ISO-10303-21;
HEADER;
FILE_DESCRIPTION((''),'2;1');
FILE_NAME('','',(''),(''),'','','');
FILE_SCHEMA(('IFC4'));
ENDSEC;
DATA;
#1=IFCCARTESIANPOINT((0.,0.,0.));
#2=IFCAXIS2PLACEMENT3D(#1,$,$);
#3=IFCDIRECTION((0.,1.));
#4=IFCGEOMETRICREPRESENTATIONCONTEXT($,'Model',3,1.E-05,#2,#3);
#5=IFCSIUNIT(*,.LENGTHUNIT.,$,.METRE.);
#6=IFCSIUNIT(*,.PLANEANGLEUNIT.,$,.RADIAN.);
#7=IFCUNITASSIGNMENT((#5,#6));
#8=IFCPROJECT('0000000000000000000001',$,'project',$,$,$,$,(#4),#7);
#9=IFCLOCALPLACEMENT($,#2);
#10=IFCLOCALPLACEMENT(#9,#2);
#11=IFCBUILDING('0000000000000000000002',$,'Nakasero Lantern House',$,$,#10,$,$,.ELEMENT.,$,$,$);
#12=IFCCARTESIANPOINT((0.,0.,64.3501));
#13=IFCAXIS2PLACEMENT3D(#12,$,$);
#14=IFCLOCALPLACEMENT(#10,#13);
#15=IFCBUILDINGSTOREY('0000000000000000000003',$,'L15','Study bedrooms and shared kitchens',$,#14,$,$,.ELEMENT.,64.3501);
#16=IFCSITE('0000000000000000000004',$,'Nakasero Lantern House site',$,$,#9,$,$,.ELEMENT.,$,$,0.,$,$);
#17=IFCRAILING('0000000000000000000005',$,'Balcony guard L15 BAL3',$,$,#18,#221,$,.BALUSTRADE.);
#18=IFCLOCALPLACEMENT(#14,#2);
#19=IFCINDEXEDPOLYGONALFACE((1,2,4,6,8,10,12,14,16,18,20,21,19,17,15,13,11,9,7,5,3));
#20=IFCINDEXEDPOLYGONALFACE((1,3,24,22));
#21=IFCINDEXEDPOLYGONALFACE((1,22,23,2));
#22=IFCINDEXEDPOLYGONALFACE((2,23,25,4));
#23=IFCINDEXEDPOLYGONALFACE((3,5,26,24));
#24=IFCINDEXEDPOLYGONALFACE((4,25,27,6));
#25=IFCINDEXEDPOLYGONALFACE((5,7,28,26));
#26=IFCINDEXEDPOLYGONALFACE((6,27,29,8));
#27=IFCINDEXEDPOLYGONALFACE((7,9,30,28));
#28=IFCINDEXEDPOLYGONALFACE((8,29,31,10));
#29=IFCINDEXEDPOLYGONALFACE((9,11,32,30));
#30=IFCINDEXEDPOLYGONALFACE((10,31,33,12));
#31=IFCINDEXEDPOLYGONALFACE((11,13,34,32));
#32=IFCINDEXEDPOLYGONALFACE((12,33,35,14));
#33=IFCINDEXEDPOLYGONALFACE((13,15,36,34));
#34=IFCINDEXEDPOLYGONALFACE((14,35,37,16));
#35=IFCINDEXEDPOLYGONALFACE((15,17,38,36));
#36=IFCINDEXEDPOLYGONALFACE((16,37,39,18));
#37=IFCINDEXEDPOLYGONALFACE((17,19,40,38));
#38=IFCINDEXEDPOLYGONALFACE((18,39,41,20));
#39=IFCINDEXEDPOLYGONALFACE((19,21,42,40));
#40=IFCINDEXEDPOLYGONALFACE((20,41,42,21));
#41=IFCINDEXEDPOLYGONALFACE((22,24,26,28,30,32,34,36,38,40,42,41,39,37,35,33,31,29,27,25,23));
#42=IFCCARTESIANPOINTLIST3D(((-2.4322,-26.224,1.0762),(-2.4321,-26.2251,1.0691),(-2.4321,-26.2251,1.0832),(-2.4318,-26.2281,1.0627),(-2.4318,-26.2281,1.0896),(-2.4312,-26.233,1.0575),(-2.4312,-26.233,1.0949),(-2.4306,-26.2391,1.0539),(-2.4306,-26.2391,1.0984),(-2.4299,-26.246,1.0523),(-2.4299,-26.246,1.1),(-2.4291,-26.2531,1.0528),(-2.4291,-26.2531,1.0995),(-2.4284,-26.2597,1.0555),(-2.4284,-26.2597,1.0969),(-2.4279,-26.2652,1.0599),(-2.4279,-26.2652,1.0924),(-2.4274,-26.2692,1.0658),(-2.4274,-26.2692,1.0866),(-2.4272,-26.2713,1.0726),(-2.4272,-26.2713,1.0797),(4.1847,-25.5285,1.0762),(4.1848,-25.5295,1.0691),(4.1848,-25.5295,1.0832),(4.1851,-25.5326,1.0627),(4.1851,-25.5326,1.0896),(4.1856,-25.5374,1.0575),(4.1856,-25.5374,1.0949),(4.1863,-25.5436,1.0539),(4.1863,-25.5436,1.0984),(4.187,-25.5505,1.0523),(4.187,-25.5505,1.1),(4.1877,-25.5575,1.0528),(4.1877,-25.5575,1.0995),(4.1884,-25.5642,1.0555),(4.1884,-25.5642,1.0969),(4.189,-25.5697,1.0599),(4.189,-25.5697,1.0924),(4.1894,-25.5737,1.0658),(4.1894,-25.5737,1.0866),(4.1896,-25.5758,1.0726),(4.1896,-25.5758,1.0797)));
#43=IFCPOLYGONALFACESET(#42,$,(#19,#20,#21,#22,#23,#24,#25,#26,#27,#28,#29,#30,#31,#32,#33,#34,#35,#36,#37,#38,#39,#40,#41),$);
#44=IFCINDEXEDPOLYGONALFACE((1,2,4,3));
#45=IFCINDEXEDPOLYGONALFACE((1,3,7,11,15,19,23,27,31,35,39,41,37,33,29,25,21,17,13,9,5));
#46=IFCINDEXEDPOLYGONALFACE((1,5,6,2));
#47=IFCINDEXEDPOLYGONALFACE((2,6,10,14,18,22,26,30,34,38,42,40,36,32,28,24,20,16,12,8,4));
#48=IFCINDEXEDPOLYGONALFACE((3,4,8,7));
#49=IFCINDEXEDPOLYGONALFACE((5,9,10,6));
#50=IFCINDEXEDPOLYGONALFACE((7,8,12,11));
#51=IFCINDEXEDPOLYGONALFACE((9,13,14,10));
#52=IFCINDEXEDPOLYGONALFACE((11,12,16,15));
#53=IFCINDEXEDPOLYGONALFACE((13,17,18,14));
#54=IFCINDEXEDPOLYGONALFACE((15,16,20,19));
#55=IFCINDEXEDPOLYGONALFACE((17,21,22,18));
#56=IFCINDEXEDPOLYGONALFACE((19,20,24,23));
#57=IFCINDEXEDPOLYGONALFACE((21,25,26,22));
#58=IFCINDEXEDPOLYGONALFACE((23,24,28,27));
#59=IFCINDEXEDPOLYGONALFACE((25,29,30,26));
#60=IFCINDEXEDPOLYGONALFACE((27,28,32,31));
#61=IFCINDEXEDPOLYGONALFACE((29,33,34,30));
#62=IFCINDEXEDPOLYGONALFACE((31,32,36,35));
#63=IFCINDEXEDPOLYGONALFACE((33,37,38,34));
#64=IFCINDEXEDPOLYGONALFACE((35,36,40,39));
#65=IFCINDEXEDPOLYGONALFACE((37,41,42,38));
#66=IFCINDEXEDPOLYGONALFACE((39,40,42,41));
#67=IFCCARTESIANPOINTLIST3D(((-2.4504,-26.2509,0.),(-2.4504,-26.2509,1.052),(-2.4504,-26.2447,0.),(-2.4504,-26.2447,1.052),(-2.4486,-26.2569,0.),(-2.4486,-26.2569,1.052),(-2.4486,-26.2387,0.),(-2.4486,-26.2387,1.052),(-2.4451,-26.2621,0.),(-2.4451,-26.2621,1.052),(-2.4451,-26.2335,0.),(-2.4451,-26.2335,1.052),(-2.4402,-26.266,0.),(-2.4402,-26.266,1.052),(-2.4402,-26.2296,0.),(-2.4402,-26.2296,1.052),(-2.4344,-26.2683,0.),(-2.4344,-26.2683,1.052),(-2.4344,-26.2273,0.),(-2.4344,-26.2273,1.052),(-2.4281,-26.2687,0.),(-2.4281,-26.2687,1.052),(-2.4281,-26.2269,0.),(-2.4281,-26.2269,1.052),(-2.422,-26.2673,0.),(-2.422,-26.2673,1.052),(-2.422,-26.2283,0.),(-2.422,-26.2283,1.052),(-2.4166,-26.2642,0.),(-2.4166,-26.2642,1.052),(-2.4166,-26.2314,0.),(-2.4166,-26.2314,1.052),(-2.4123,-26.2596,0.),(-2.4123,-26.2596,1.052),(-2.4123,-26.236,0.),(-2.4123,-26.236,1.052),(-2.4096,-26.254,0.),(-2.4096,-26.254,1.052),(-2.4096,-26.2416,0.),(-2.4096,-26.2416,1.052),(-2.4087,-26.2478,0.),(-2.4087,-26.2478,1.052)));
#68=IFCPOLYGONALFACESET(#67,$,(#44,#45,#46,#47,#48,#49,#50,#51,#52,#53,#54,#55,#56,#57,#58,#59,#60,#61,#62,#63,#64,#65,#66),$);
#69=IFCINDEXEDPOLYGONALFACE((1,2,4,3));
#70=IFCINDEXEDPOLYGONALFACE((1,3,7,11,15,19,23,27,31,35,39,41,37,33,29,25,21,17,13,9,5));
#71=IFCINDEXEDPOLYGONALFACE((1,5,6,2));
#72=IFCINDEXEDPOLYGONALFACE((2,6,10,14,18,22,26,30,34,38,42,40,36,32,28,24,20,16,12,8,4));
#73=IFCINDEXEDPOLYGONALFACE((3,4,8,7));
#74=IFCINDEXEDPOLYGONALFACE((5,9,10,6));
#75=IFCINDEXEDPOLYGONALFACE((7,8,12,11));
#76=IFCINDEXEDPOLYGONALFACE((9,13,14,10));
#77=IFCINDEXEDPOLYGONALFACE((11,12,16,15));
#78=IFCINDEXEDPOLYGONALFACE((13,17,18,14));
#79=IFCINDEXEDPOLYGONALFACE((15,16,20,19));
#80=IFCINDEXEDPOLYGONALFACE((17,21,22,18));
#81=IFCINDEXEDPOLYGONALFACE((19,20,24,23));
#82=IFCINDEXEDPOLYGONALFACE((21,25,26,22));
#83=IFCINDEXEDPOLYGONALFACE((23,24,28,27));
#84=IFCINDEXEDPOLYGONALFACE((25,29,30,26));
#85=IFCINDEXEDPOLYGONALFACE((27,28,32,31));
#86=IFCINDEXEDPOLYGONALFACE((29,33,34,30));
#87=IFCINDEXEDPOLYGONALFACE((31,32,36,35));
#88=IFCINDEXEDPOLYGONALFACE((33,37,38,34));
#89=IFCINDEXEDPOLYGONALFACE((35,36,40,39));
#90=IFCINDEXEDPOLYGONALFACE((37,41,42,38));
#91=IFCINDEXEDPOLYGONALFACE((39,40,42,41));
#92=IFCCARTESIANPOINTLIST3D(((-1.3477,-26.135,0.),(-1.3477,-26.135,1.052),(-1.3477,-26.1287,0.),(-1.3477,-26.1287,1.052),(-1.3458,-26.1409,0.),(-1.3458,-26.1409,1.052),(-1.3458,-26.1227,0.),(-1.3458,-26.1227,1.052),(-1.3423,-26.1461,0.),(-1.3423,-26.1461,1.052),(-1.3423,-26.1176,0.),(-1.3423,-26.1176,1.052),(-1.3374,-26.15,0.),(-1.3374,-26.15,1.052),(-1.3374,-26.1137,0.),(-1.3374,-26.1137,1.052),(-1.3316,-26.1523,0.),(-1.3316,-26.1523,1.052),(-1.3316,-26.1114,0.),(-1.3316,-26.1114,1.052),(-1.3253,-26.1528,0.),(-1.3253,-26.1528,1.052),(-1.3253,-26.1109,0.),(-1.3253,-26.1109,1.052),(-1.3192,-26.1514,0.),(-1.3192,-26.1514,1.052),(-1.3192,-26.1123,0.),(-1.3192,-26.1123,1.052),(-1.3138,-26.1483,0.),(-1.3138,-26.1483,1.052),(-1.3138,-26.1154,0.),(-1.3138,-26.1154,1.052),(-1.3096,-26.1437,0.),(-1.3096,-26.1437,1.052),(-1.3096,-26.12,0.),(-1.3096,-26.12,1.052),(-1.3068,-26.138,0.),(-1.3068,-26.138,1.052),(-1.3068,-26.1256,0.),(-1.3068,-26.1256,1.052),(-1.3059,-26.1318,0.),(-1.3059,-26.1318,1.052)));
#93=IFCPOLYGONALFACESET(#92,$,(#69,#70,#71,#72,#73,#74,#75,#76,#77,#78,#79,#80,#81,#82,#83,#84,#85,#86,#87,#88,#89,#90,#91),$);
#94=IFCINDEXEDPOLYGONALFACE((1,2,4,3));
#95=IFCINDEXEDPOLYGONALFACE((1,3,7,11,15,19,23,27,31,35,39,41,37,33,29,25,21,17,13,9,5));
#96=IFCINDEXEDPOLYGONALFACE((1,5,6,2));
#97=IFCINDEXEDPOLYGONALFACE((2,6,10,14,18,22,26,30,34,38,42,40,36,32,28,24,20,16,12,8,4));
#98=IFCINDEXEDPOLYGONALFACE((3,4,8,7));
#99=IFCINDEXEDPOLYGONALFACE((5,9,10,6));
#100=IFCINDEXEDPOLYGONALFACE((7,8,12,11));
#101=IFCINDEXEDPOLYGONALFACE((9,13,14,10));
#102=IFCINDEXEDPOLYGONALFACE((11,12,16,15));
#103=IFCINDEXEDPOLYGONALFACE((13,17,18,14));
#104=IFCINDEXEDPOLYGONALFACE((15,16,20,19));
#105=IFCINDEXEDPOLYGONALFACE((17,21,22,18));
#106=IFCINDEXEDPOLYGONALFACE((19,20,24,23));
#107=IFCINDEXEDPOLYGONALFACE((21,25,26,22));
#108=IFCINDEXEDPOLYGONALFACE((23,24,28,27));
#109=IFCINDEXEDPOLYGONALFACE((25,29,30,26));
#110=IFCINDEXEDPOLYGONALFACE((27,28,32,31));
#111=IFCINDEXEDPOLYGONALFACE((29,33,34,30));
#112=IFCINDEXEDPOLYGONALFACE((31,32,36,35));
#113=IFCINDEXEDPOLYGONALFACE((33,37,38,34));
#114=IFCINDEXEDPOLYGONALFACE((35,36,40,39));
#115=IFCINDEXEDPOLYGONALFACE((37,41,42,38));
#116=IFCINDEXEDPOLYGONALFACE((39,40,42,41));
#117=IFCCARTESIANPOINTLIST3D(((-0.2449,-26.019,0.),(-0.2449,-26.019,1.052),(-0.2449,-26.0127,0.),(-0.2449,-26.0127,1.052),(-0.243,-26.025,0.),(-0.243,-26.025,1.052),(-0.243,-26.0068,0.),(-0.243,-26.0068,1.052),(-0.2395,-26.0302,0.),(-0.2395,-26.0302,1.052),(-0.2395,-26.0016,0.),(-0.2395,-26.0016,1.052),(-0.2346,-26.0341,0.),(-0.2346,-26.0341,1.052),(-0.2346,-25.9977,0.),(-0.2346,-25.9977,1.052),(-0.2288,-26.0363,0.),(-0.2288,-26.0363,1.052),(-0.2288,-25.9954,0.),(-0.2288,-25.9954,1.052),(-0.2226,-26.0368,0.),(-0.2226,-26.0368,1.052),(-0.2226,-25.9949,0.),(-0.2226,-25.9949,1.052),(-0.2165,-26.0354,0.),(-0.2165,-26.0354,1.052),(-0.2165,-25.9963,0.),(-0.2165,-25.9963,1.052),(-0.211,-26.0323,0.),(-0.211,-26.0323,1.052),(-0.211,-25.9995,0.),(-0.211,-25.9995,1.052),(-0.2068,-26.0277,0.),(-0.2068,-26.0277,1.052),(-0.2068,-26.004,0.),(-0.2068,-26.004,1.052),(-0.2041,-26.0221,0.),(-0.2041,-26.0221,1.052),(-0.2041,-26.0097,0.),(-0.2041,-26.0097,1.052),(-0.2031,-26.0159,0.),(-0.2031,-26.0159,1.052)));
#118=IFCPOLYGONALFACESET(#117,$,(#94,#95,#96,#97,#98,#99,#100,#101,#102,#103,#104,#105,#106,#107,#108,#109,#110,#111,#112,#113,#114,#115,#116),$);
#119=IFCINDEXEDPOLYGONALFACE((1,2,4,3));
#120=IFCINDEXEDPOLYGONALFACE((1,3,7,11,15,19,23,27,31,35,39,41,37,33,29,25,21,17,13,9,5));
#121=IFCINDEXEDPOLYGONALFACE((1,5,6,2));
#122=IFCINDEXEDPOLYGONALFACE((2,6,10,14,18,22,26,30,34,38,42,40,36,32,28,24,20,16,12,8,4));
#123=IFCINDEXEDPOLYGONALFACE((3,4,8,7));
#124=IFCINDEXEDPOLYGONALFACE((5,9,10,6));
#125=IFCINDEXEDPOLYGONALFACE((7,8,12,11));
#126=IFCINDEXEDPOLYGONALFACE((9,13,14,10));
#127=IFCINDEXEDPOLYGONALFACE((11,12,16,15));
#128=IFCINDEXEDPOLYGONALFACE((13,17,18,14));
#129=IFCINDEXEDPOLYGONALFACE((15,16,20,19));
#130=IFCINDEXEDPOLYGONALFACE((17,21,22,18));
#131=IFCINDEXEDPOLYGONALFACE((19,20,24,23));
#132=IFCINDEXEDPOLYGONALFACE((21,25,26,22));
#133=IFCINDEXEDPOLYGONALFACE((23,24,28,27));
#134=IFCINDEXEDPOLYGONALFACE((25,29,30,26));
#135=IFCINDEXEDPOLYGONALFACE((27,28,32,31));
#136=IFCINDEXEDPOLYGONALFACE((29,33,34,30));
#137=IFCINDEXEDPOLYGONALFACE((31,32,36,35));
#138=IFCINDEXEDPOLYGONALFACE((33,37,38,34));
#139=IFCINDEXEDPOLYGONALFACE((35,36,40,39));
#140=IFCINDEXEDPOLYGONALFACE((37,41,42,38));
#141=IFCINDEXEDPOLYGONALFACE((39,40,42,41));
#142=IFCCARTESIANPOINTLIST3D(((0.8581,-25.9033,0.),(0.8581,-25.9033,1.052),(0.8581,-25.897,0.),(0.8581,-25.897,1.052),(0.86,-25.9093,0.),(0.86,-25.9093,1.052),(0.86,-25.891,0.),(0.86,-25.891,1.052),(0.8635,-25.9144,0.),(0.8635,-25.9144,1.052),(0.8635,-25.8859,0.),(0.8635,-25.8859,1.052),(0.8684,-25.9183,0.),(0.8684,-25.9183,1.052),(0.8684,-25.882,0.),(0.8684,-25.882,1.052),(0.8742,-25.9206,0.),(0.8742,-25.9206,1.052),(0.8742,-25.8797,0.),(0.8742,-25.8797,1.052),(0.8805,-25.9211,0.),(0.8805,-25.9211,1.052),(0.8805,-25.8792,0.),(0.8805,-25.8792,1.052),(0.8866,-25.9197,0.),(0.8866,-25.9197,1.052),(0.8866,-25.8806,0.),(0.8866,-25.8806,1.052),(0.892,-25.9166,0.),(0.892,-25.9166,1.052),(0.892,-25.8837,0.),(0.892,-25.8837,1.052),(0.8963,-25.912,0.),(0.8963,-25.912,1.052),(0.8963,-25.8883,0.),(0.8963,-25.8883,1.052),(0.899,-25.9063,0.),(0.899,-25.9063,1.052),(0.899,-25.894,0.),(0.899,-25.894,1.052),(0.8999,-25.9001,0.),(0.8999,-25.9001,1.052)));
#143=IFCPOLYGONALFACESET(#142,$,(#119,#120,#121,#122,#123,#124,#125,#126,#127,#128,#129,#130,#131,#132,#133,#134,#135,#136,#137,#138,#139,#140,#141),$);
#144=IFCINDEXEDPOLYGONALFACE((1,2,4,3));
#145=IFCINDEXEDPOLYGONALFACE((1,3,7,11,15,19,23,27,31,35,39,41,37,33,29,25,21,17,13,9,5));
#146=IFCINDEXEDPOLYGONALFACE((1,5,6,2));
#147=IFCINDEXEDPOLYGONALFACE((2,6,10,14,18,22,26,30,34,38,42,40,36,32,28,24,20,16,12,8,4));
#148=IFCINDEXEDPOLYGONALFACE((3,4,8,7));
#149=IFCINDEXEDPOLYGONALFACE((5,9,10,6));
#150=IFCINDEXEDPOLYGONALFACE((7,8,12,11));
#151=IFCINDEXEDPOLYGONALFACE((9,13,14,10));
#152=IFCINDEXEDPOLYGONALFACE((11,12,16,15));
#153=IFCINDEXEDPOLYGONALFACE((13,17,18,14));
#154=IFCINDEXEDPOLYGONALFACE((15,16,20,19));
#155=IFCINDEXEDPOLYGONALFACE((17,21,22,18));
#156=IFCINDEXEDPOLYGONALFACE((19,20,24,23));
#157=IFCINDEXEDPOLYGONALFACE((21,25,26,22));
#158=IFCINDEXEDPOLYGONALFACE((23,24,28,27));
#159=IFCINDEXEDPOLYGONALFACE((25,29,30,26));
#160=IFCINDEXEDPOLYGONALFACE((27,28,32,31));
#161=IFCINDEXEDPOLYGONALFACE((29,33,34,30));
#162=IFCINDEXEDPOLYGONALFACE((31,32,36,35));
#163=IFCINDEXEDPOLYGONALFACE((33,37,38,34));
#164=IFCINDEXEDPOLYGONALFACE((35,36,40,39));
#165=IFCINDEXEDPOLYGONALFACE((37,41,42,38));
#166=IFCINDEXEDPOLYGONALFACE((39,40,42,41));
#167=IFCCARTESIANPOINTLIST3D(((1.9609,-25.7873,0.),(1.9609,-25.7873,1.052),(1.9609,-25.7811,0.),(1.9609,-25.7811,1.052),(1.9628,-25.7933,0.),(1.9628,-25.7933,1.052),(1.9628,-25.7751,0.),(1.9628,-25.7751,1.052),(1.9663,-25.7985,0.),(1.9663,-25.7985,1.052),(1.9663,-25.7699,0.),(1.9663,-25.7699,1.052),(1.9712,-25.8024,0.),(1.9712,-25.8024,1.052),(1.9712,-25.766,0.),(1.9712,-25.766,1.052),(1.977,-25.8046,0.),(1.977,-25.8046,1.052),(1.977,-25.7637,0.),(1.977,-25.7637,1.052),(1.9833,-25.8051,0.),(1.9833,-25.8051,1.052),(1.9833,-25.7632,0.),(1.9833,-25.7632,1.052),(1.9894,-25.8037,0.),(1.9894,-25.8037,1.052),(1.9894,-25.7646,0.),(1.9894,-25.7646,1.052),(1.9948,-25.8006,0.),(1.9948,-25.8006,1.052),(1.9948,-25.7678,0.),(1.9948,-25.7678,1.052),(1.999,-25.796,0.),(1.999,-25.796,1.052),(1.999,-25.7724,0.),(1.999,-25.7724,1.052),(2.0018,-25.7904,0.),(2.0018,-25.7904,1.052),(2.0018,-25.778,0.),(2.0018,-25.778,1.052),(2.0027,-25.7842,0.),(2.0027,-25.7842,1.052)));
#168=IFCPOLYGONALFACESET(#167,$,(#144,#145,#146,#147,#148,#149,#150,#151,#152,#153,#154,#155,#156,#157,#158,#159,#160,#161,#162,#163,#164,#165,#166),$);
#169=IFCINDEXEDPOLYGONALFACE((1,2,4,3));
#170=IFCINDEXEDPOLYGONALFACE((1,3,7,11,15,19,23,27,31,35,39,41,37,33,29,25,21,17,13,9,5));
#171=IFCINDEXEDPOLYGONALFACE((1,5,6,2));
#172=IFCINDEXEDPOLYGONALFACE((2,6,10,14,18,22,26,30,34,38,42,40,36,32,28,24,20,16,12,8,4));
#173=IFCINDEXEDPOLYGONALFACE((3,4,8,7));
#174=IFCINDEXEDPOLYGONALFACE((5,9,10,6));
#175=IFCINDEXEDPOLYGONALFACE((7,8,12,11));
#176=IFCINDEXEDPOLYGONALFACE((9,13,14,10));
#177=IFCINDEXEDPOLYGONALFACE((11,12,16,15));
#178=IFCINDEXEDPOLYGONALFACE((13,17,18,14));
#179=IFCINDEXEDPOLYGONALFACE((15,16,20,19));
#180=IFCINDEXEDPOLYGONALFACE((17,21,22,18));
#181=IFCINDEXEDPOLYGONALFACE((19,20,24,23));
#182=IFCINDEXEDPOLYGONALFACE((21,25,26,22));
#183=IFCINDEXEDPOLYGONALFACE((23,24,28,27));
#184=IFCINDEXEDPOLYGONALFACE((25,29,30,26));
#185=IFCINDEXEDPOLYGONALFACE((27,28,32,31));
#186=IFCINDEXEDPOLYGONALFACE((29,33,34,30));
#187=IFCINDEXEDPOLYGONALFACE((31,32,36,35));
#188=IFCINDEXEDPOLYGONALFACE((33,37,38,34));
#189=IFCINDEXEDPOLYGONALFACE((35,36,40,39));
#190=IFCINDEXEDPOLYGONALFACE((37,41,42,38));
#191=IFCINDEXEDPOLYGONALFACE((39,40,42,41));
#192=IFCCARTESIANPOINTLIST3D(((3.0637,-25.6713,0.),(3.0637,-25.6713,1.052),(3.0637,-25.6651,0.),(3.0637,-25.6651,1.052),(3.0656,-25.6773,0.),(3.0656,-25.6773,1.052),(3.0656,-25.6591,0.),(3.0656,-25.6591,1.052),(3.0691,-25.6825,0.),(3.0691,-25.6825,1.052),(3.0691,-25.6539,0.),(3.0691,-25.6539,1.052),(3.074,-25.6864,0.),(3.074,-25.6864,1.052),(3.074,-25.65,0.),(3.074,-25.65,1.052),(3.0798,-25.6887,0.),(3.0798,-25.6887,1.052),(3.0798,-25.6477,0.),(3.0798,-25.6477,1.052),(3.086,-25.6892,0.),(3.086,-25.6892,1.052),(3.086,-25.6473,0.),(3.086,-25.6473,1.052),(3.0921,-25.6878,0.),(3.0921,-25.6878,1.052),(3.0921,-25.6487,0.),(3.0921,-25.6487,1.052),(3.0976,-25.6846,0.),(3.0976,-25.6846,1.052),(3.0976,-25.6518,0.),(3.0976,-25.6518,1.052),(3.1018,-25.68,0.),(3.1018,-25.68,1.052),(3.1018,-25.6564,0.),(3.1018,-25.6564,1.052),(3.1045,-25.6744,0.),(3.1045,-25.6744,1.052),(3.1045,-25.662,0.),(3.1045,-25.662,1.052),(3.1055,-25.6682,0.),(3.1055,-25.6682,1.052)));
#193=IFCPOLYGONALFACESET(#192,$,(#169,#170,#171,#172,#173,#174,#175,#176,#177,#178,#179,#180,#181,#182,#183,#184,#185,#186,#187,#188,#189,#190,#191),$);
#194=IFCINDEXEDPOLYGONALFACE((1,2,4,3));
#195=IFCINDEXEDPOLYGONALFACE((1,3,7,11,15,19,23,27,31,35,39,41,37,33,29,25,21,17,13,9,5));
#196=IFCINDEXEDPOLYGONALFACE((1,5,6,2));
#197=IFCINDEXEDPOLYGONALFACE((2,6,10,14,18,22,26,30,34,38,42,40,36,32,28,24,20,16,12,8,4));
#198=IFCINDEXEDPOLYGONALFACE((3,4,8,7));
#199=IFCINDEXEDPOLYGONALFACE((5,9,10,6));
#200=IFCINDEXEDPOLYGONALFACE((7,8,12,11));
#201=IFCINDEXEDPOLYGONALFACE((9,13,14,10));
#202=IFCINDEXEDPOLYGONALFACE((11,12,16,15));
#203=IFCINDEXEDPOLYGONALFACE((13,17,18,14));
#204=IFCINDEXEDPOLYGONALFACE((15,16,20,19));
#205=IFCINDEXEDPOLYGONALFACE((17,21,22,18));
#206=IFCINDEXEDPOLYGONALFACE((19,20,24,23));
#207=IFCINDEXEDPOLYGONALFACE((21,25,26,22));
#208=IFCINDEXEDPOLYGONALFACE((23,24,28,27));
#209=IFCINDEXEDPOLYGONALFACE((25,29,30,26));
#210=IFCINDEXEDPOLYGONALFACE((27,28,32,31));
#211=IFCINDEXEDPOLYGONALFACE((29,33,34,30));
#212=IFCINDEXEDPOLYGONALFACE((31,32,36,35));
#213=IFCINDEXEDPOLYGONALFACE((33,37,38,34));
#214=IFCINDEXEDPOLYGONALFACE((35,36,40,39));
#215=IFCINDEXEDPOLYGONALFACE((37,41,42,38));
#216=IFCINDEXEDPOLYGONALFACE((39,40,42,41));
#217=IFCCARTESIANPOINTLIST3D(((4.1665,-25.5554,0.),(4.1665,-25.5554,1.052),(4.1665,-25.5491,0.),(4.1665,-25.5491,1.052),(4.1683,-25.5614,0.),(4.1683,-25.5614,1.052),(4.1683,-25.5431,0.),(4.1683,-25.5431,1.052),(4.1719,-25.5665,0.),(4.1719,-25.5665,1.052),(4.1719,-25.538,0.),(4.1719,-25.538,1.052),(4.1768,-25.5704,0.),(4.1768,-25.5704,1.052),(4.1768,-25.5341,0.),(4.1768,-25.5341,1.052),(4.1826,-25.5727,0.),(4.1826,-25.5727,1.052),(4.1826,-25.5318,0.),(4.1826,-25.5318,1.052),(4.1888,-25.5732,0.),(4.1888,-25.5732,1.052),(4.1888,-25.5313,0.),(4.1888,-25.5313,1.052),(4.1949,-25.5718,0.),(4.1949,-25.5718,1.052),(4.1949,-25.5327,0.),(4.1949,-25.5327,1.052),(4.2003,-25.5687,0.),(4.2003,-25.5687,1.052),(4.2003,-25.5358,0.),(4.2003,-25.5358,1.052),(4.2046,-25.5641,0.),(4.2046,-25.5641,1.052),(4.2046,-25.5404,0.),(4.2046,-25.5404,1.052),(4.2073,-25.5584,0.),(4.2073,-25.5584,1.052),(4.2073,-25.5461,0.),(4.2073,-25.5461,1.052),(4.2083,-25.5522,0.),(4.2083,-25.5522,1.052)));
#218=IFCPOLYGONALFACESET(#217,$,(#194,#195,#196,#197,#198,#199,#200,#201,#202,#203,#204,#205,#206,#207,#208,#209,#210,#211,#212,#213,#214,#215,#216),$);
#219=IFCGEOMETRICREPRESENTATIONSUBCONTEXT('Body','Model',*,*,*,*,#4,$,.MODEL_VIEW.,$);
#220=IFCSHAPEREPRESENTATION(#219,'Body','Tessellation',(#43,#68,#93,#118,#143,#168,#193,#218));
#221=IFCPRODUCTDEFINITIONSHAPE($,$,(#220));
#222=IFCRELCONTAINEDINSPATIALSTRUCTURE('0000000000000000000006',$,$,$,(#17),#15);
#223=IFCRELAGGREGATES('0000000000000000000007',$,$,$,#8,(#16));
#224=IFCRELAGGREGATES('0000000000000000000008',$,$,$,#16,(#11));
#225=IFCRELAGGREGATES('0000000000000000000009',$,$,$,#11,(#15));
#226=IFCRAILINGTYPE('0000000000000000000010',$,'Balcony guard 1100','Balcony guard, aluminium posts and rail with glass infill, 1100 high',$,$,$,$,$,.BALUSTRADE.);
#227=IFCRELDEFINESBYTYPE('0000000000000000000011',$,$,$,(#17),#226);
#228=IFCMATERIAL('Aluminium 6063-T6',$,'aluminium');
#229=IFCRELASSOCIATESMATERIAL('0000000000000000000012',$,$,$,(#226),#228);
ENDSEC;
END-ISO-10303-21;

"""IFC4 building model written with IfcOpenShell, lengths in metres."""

from ifc_helpers import new_model, si_unit, direction, frame, origin, origin_2d, place, context, subcontext, project, spatial, circle, extrude, material, type_object, element, save


model = new_model("IFC4")

# Units and contexts
model_context = context("Model", 3, precision=1e-05, world=origin(), true_north=direction((0.0, 1.0)))
body_context = subcontext(model_context, "Body", "Model", "MODEL_VIEW")
ifc_project = project(units=[si_unit("LENGTHUNIT", "METRE"), si_unit("PLANEANGLEUNIT", "RADIAN")], contexts=[model_context])

# Site, building, storey
site_placement = place(None, origin())
site = spatial("IfcSite", under=ifc_project, at=site_placement, Name="Nakasero Lantern House site", CompositionType="ELEMENT", RefElevation=0.0)
building_placement = place(site_placement, origin())
building = spatial("IfcBuilding", under=site, at=building_placement, Name="Nakasero Lantern House", CompositionType="ELEMENT")
storey_placement = place(building_placement, frame((0.0, 0.0, 64.3501)))
storey = spatial("IfcBuildingStorey", under=building, at=storey_placement, Name="L15", Description="Study bedrooms and shared kitchens", CompositionType="ELEMENT", Elevation=64.3501)

# Railing
ifc_material_1 = material(Name="Aluminium 6063-T6", Category="aluminium")
railing_type = type_object("IfcRailingType", Name="Balcony guard 1100", Description="Balcony guard, aluminium posts and rail with glass infill, 1100 high", PredefinedType="BALUSTRADE", material=ifc_material_1)
railing_placement = place(storey_placement, frame((-2.4297, -26.2478, 0.0)))
element("IfcRailing", 1, at=railing_placement, inside=storey, type_object=railing_type, Name="Balcony guard L15 BAL3", PredefinedType="BALUSTRADE", context=body_context, shape_type="SweptSolid", body=[
    extrude(circle(Radius=0.0239, at=origin_2d()), frame((0.0, 0.0, 1.0762), z_axis=(0.994521, 0.104542, 0.0), x_axis=(-0.104542, 0.994521, 0.0)), (0.0, 0.0, 1.0), 6.6533),
    extrude(circle(Radius=0.021, at=origin_2d()), origin(), (0.0, 0.0, 1.0), 1.052),
    extrude(circle(Radius=0.021, at=origin_2d()), frame((1.1028, 0.116, 0.0)), (0.0, 0.0, 1.0), 1.052),
    extrude(circle(Radius=0.021, at=origin_2d()), frame((2.2056, 0.2319, 0.0)), (0.0, 0.0, 1.0), 1.052),
    extrude(circle(Radius=0.021, at=origin_2d()), frame((3.3086, 0.3477, 0.0)), (0.0, 0.0, 1.0), 1.052),
    extrude(circle(Radius=0.021, at=origin_2d()), frame((4.4114, 0.4636, 0.0)), (0.0, 0.0, 1.0), 1.052),
    extrude(circle(Radius=0.021, at=origin_2d()), frame((5.5142, 0.5796, 0.0)), (0.0, 0.0, 1.0), 1.052),
    extrude(circle(Radius=0.021, at=origin_2d()), frame((6.6169, 0.6956, 0.0)), (0.0, 0.0, 1.0), 1.052),
])

save(model, "model.ifc")
